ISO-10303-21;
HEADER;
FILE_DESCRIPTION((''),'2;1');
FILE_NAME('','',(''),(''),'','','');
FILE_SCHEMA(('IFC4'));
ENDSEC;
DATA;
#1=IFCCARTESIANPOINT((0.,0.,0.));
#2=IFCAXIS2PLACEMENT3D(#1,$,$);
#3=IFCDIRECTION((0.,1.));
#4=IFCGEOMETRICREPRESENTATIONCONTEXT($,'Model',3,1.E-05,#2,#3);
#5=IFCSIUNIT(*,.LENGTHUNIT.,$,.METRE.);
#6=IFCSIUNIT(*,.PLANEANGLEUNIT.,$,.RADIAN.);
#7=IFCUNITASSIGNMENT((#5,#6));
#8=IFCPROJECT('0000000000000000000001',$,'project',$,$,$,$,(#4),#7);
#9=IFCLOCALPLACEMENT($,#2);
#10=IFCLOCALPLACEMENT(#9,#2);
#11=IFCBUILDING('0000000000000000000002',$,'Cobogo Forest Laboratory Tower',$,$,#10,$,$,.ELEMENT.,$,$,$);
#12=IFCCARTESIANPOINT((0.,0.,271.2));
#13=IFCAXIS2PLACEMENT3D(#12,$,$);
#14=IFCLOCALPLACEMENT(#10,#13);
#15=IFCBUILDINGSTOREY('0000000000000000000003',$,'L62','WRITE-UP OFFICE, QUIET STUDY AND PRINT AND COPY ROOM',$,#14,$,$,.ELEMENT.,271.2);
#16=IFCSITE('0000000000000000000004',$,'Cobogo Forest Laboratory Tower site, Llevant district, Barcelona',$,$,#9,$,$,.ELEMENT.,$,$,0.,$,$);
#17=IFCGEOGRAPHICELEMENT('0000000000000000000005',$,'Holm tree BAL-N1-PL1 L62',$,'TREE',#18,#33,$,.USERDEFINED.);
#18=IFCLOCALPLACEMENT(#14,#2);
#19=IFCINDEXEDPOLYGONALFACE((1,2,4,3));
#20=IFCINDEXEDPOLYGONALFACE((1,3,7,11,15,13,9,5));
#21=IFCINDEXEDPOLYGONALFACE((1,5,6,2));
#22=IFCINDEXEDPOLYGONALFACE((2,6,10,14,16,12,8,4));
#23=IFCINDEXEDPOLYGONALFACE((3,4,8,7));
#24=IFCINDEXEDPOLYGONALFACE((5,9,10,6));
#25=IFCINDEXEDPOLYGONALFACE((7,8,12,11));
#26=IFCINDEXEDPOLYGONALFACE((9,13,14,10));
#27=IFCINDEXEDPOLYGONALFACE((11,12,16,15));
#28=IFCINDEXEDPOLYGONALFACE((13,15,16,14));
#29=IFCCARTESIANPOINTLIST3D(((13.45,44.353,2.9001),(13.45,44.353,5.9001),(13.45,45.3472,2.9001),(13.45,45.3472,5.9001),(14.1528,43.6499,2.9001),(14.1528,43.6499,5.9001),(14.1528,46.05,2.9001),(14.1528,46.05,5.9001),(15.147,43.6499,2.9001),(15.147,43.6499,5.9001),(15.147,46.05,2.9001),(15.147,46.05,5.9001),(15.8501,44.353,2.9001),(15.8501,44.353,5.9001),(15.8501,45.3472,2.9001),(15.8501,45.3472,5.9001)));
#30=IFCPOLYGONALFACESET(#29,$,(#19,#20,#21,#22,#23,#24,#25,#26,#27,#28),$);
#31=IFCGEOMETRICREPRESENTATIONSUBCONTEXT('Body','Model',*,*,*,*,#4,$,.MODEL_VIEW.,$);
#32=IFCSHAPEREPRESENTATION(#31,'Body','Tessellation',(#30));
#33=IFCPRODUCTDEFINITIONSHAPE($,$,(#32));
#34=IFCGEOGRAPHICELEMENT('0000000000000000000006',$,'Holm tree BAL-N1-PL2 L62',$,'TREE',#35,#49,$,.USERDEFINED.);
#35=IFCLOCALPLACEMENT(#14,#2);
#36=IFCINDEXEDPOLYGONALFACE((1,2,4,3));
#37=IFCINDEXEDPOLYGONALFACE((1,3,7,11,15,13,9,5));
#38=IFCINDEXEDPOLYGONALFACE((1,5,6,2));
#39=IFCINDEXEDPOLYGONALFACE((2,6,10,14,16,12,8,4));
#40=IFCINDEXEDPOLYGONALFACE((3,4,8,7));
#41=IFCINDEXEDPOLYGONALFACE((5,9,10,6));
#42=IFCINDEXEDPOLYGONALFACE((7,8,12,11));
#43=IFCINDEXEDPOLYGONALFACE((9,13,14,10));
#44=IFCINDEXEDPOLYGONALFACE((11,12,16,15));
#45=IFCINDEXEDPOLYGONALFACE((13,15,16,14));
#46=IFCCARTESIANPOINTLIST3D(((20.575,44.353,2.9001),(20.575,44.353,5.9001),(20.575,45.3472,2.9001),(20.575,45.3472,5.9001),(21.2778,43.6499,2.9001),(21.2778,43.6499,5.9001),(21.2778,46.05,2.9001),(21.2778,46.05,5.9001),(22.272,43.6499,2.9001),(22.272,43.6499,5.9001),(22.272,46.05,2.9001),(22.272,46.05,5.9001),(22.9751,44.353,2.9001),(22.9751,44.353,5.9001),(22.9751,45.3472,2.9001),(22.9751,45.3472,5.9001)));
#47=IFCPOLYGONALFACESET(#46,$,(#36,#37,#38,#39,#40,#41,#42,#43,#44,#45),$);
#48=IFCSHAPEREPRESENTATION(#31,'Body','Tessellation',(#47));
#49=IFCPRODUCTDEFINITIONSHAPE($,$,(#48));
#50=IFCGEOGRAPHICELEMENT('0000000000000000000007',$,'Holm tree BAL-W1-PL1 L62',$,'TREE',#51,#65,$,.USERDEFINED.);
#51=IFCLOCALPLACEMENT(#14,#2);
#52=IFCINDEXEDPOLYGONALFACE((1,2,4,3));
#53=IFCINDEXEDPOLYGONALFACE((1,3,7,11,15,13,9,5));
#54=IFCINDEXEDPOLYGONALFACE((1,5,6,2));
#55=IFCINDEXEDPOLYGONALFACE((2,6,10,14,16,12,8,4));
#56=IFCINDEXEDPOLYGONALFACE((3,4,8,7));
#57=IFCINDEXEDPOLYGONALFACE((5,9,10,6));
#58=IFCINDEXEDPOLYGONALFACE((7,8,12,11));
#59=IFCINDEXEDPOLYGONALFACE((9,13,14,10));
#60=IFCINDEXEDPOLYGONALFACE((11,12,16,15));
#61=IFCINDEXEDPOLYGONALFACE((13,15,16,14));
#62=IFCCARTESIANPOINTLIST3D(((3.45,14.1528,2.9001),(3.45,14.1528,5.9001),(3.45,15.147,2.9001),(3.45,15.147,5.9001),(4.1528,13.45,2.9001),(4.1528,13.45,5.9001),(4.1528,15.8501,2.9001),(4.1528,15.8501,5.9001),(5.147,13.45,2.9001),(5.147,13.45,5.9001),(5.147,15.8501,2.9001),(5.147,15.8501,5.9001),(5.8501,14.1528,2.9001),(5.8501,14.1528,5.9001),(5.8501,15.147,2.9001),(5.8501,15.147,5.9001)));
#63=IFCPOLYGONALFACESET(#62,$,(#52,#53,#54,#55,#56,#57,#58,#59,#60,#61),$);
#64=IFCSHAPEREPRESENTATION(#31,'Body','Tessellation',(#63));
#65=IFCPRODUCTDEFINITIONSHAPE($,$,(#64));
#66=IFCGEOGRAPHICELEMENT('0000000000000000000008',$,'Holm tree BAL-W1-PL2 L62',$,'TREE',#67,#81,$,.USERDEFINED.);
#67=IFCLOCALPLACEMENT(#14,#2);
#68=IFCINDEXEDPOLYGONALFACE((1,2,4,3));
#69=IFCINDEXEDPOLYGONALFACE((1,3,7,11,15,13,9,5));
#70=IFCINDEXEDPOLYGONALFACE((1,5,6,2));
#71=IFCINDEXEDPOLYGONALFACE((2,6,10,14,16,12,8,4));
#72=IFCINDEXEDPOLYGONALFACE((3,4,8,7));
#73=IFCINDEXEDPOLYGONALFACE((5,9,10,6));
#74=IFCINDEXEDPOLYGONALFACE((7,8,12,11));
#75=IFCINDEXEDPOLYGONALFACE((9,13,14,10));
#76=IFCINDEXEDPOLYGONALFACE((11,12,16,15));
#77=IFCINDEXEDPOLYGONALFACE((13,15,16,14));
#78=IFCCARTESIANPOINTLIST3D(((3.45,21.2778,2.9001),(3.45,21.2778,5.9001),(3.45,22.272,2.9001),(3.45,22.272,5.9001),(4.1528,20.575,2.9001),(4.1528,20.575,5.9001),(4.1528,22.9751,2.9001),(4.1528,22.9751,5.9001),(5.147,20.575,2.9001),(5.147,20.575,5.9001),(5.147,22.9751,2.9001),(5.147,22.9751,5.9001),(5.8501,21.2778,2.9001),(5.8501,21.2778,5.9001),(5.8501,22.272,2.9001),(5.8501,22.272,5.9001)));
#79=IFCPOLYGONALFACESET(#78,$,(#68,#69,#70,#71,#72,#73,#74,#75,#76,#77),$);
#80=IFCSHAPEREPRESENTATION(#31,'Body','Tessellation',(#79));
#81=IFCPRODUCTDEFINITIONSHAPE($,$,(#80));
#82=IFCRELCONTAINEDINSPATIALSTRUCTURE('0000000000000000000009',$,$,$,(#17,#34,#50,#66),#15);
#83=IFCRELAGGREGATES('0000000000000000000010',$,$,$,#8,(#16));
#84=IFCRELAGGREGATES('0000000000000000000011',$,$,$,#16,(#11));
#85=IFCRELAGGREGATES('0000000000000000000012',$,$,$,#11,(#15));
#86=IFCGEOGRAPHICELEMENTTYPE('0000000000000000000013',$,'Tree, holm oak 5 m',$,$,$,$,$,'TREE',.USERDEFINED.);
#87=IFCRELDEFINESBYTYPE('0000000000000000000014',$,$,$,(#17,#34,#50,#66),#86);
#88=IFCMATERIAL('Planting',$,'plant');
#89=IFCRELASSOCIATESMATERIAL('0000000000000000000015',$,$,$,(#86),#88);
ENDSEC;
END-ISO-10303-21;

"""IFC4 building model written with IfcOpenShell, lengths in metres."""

from ifc_helpers import new_model, si_unit, direction, frame, origin, place, context, subcontext, project, spatial, polyline, outline, extrude, material, type_object, element, save


model = new_model("IFC4")

# Units and contexts
model_context = context("Model", 3, precision=1e-05, world=origin(), true_north=direction((0.0, 1.0)))
body_context = subcontext(model_context, "Body", "Model", "MODEL_VIEW")
ifc_project = project(units=[si_unit("LENGTHUNIT", "METRE"), si_unit("PLANEANGLEUNIT", "RADIAN")], contexts=[model_context])

# Site, building, storey
site_placement = place(None, origin())
site = spatial("IfcSite", under=ifc_project, at=site_placement, Name="Cobogo Forest Laboratory Tower site, Llevant district, Barcelona", CompositionType="ELEMENT", RefElevation=0.0)
building_placement = place(site_placement, origin())
building = spatial("IfcBuilding", under=site, at=building_placement, Name="Cobogo Forest Laboratory Tower", CompositionType="ELEMENT")
storey_placement = place(building_placement, frame((0.0, 0.0, 271.2)))
storey = spatial("IfcBuildingStorey", under=building, at=storey_placement, Name="L62", Description="WRITE-UP OFFICE, QUIET STUDY AND PRINT AND COPY ROOM", CompositionType="ELEMENT", Elevation=271.2)

# Geographic elements
ifc_material_1 = material(Name="Planting", Category="plant")
geographic_element_type = type_object("IfcGeographicElementType", Name="Tree, holm oak 5 m", ElementType="TREE", PredefinedType="USERDEFINED", material=ifc_material_1)
geographic_element_1_placement = place(storey_placement, frame((0.0, 0.0, 2.9001)))
element("IfcGeographicElement", 1, at=geographic_element_1_placement, inside=storey, type_object=geographic_element_type, Name="Holm tree BAL-N1-PL1 L62", ObjectType="TREE", PredefinedType="USERDEFINED", context=body_context, shape_type="SweptSolid", body=[
    extrude(outline(polyline([(15.8501, 44.353), (15.8501, 45.3472), (15.147, 46.05), (14.1528, 46.05), (13.45, 45.3472), (13.45, 44.353), (14.1528, 43.6499), (15.147, 43.6499), (15.8501, 44.353)])), origin(), (0.0, 0.0, 1.0), 3.0),
])
geographic_element_2_placement = place(storey_placement, frame((0.0, 0.0, 2.9001)))
element("IfcGeographicElement", 2, at=geographic_element_2_placement, inside=storey, type_object=geographic_element_type, Name="Holm tree BAL-N1-PL2 L62", ObjectType="TREE", PredefinedType="USERDEFINED", context=body_context, shape_type="SweptSolid", body=[
    extrude(outline(polyline([(22.9751, 44.353), (22.9751, 45.3472), (22.272, 46.05), (21.2778, 46.05), (20.575, 45.3472), (20.575, 44.353), (21.2778, 43.6499), (22.272, 43.6499), (22.9751, 44.353)])), origin(), (0.0, 0.0, 1.0), 3.0),
])
geographic_element_3_placement = place(storey_placement, frame((0.0, 0.0, 2.9001)))
element("IfcGeographicElement", 3, at=geographic_element_3_placement, inside=storey, type_object=geographic_element_type, Name="Holm tree BAL-W1-PL1 L62", ObjectType="TREE", PredefinedType="USERDEFINED", context=body_context, shape_type="SweptSolid", body=[
    extrude(outline(polyline([(5.8501, 14.1528), (5.8501, 15.147), (5.147, 15.8501), (4.1528, 15.8501), (3.45, 15.147), (3.45, 14.1528), (4.1528, 13.45), (5.147, 13.45), (5.8501, 14.1528)])), origin(), (0.0, 0.0, 1.0), 3.0),
])
geographic_element_4_placement = place(storey_placement, frame((0.0, 0.0, 2.9001)))
element("IfcGeographicElement", 4, at=geographic_element_4_placement, inside=storey, type_object=geographic_element_type, Name="Holm tree BAL-W1-PL2 L62", ObjectType="TREE", PredefinedType="USERDEFINED", context=body_context, shape_type="SweptSolid", body=[
    extrude(outline(polyline([(5.8501, 21.2778), (5.8501, 22.272), (5.147, 22.9751), (4.1528, 22.9751), (3.45, 22.272), (3.45, 21.2778), (4.1528, 20.575), (5.147, 20.575), (5.8501, 21.2778)])), origin(), (0.0, 0.0, 1.0), 3.0),
])

save(model, "model.ifc")
